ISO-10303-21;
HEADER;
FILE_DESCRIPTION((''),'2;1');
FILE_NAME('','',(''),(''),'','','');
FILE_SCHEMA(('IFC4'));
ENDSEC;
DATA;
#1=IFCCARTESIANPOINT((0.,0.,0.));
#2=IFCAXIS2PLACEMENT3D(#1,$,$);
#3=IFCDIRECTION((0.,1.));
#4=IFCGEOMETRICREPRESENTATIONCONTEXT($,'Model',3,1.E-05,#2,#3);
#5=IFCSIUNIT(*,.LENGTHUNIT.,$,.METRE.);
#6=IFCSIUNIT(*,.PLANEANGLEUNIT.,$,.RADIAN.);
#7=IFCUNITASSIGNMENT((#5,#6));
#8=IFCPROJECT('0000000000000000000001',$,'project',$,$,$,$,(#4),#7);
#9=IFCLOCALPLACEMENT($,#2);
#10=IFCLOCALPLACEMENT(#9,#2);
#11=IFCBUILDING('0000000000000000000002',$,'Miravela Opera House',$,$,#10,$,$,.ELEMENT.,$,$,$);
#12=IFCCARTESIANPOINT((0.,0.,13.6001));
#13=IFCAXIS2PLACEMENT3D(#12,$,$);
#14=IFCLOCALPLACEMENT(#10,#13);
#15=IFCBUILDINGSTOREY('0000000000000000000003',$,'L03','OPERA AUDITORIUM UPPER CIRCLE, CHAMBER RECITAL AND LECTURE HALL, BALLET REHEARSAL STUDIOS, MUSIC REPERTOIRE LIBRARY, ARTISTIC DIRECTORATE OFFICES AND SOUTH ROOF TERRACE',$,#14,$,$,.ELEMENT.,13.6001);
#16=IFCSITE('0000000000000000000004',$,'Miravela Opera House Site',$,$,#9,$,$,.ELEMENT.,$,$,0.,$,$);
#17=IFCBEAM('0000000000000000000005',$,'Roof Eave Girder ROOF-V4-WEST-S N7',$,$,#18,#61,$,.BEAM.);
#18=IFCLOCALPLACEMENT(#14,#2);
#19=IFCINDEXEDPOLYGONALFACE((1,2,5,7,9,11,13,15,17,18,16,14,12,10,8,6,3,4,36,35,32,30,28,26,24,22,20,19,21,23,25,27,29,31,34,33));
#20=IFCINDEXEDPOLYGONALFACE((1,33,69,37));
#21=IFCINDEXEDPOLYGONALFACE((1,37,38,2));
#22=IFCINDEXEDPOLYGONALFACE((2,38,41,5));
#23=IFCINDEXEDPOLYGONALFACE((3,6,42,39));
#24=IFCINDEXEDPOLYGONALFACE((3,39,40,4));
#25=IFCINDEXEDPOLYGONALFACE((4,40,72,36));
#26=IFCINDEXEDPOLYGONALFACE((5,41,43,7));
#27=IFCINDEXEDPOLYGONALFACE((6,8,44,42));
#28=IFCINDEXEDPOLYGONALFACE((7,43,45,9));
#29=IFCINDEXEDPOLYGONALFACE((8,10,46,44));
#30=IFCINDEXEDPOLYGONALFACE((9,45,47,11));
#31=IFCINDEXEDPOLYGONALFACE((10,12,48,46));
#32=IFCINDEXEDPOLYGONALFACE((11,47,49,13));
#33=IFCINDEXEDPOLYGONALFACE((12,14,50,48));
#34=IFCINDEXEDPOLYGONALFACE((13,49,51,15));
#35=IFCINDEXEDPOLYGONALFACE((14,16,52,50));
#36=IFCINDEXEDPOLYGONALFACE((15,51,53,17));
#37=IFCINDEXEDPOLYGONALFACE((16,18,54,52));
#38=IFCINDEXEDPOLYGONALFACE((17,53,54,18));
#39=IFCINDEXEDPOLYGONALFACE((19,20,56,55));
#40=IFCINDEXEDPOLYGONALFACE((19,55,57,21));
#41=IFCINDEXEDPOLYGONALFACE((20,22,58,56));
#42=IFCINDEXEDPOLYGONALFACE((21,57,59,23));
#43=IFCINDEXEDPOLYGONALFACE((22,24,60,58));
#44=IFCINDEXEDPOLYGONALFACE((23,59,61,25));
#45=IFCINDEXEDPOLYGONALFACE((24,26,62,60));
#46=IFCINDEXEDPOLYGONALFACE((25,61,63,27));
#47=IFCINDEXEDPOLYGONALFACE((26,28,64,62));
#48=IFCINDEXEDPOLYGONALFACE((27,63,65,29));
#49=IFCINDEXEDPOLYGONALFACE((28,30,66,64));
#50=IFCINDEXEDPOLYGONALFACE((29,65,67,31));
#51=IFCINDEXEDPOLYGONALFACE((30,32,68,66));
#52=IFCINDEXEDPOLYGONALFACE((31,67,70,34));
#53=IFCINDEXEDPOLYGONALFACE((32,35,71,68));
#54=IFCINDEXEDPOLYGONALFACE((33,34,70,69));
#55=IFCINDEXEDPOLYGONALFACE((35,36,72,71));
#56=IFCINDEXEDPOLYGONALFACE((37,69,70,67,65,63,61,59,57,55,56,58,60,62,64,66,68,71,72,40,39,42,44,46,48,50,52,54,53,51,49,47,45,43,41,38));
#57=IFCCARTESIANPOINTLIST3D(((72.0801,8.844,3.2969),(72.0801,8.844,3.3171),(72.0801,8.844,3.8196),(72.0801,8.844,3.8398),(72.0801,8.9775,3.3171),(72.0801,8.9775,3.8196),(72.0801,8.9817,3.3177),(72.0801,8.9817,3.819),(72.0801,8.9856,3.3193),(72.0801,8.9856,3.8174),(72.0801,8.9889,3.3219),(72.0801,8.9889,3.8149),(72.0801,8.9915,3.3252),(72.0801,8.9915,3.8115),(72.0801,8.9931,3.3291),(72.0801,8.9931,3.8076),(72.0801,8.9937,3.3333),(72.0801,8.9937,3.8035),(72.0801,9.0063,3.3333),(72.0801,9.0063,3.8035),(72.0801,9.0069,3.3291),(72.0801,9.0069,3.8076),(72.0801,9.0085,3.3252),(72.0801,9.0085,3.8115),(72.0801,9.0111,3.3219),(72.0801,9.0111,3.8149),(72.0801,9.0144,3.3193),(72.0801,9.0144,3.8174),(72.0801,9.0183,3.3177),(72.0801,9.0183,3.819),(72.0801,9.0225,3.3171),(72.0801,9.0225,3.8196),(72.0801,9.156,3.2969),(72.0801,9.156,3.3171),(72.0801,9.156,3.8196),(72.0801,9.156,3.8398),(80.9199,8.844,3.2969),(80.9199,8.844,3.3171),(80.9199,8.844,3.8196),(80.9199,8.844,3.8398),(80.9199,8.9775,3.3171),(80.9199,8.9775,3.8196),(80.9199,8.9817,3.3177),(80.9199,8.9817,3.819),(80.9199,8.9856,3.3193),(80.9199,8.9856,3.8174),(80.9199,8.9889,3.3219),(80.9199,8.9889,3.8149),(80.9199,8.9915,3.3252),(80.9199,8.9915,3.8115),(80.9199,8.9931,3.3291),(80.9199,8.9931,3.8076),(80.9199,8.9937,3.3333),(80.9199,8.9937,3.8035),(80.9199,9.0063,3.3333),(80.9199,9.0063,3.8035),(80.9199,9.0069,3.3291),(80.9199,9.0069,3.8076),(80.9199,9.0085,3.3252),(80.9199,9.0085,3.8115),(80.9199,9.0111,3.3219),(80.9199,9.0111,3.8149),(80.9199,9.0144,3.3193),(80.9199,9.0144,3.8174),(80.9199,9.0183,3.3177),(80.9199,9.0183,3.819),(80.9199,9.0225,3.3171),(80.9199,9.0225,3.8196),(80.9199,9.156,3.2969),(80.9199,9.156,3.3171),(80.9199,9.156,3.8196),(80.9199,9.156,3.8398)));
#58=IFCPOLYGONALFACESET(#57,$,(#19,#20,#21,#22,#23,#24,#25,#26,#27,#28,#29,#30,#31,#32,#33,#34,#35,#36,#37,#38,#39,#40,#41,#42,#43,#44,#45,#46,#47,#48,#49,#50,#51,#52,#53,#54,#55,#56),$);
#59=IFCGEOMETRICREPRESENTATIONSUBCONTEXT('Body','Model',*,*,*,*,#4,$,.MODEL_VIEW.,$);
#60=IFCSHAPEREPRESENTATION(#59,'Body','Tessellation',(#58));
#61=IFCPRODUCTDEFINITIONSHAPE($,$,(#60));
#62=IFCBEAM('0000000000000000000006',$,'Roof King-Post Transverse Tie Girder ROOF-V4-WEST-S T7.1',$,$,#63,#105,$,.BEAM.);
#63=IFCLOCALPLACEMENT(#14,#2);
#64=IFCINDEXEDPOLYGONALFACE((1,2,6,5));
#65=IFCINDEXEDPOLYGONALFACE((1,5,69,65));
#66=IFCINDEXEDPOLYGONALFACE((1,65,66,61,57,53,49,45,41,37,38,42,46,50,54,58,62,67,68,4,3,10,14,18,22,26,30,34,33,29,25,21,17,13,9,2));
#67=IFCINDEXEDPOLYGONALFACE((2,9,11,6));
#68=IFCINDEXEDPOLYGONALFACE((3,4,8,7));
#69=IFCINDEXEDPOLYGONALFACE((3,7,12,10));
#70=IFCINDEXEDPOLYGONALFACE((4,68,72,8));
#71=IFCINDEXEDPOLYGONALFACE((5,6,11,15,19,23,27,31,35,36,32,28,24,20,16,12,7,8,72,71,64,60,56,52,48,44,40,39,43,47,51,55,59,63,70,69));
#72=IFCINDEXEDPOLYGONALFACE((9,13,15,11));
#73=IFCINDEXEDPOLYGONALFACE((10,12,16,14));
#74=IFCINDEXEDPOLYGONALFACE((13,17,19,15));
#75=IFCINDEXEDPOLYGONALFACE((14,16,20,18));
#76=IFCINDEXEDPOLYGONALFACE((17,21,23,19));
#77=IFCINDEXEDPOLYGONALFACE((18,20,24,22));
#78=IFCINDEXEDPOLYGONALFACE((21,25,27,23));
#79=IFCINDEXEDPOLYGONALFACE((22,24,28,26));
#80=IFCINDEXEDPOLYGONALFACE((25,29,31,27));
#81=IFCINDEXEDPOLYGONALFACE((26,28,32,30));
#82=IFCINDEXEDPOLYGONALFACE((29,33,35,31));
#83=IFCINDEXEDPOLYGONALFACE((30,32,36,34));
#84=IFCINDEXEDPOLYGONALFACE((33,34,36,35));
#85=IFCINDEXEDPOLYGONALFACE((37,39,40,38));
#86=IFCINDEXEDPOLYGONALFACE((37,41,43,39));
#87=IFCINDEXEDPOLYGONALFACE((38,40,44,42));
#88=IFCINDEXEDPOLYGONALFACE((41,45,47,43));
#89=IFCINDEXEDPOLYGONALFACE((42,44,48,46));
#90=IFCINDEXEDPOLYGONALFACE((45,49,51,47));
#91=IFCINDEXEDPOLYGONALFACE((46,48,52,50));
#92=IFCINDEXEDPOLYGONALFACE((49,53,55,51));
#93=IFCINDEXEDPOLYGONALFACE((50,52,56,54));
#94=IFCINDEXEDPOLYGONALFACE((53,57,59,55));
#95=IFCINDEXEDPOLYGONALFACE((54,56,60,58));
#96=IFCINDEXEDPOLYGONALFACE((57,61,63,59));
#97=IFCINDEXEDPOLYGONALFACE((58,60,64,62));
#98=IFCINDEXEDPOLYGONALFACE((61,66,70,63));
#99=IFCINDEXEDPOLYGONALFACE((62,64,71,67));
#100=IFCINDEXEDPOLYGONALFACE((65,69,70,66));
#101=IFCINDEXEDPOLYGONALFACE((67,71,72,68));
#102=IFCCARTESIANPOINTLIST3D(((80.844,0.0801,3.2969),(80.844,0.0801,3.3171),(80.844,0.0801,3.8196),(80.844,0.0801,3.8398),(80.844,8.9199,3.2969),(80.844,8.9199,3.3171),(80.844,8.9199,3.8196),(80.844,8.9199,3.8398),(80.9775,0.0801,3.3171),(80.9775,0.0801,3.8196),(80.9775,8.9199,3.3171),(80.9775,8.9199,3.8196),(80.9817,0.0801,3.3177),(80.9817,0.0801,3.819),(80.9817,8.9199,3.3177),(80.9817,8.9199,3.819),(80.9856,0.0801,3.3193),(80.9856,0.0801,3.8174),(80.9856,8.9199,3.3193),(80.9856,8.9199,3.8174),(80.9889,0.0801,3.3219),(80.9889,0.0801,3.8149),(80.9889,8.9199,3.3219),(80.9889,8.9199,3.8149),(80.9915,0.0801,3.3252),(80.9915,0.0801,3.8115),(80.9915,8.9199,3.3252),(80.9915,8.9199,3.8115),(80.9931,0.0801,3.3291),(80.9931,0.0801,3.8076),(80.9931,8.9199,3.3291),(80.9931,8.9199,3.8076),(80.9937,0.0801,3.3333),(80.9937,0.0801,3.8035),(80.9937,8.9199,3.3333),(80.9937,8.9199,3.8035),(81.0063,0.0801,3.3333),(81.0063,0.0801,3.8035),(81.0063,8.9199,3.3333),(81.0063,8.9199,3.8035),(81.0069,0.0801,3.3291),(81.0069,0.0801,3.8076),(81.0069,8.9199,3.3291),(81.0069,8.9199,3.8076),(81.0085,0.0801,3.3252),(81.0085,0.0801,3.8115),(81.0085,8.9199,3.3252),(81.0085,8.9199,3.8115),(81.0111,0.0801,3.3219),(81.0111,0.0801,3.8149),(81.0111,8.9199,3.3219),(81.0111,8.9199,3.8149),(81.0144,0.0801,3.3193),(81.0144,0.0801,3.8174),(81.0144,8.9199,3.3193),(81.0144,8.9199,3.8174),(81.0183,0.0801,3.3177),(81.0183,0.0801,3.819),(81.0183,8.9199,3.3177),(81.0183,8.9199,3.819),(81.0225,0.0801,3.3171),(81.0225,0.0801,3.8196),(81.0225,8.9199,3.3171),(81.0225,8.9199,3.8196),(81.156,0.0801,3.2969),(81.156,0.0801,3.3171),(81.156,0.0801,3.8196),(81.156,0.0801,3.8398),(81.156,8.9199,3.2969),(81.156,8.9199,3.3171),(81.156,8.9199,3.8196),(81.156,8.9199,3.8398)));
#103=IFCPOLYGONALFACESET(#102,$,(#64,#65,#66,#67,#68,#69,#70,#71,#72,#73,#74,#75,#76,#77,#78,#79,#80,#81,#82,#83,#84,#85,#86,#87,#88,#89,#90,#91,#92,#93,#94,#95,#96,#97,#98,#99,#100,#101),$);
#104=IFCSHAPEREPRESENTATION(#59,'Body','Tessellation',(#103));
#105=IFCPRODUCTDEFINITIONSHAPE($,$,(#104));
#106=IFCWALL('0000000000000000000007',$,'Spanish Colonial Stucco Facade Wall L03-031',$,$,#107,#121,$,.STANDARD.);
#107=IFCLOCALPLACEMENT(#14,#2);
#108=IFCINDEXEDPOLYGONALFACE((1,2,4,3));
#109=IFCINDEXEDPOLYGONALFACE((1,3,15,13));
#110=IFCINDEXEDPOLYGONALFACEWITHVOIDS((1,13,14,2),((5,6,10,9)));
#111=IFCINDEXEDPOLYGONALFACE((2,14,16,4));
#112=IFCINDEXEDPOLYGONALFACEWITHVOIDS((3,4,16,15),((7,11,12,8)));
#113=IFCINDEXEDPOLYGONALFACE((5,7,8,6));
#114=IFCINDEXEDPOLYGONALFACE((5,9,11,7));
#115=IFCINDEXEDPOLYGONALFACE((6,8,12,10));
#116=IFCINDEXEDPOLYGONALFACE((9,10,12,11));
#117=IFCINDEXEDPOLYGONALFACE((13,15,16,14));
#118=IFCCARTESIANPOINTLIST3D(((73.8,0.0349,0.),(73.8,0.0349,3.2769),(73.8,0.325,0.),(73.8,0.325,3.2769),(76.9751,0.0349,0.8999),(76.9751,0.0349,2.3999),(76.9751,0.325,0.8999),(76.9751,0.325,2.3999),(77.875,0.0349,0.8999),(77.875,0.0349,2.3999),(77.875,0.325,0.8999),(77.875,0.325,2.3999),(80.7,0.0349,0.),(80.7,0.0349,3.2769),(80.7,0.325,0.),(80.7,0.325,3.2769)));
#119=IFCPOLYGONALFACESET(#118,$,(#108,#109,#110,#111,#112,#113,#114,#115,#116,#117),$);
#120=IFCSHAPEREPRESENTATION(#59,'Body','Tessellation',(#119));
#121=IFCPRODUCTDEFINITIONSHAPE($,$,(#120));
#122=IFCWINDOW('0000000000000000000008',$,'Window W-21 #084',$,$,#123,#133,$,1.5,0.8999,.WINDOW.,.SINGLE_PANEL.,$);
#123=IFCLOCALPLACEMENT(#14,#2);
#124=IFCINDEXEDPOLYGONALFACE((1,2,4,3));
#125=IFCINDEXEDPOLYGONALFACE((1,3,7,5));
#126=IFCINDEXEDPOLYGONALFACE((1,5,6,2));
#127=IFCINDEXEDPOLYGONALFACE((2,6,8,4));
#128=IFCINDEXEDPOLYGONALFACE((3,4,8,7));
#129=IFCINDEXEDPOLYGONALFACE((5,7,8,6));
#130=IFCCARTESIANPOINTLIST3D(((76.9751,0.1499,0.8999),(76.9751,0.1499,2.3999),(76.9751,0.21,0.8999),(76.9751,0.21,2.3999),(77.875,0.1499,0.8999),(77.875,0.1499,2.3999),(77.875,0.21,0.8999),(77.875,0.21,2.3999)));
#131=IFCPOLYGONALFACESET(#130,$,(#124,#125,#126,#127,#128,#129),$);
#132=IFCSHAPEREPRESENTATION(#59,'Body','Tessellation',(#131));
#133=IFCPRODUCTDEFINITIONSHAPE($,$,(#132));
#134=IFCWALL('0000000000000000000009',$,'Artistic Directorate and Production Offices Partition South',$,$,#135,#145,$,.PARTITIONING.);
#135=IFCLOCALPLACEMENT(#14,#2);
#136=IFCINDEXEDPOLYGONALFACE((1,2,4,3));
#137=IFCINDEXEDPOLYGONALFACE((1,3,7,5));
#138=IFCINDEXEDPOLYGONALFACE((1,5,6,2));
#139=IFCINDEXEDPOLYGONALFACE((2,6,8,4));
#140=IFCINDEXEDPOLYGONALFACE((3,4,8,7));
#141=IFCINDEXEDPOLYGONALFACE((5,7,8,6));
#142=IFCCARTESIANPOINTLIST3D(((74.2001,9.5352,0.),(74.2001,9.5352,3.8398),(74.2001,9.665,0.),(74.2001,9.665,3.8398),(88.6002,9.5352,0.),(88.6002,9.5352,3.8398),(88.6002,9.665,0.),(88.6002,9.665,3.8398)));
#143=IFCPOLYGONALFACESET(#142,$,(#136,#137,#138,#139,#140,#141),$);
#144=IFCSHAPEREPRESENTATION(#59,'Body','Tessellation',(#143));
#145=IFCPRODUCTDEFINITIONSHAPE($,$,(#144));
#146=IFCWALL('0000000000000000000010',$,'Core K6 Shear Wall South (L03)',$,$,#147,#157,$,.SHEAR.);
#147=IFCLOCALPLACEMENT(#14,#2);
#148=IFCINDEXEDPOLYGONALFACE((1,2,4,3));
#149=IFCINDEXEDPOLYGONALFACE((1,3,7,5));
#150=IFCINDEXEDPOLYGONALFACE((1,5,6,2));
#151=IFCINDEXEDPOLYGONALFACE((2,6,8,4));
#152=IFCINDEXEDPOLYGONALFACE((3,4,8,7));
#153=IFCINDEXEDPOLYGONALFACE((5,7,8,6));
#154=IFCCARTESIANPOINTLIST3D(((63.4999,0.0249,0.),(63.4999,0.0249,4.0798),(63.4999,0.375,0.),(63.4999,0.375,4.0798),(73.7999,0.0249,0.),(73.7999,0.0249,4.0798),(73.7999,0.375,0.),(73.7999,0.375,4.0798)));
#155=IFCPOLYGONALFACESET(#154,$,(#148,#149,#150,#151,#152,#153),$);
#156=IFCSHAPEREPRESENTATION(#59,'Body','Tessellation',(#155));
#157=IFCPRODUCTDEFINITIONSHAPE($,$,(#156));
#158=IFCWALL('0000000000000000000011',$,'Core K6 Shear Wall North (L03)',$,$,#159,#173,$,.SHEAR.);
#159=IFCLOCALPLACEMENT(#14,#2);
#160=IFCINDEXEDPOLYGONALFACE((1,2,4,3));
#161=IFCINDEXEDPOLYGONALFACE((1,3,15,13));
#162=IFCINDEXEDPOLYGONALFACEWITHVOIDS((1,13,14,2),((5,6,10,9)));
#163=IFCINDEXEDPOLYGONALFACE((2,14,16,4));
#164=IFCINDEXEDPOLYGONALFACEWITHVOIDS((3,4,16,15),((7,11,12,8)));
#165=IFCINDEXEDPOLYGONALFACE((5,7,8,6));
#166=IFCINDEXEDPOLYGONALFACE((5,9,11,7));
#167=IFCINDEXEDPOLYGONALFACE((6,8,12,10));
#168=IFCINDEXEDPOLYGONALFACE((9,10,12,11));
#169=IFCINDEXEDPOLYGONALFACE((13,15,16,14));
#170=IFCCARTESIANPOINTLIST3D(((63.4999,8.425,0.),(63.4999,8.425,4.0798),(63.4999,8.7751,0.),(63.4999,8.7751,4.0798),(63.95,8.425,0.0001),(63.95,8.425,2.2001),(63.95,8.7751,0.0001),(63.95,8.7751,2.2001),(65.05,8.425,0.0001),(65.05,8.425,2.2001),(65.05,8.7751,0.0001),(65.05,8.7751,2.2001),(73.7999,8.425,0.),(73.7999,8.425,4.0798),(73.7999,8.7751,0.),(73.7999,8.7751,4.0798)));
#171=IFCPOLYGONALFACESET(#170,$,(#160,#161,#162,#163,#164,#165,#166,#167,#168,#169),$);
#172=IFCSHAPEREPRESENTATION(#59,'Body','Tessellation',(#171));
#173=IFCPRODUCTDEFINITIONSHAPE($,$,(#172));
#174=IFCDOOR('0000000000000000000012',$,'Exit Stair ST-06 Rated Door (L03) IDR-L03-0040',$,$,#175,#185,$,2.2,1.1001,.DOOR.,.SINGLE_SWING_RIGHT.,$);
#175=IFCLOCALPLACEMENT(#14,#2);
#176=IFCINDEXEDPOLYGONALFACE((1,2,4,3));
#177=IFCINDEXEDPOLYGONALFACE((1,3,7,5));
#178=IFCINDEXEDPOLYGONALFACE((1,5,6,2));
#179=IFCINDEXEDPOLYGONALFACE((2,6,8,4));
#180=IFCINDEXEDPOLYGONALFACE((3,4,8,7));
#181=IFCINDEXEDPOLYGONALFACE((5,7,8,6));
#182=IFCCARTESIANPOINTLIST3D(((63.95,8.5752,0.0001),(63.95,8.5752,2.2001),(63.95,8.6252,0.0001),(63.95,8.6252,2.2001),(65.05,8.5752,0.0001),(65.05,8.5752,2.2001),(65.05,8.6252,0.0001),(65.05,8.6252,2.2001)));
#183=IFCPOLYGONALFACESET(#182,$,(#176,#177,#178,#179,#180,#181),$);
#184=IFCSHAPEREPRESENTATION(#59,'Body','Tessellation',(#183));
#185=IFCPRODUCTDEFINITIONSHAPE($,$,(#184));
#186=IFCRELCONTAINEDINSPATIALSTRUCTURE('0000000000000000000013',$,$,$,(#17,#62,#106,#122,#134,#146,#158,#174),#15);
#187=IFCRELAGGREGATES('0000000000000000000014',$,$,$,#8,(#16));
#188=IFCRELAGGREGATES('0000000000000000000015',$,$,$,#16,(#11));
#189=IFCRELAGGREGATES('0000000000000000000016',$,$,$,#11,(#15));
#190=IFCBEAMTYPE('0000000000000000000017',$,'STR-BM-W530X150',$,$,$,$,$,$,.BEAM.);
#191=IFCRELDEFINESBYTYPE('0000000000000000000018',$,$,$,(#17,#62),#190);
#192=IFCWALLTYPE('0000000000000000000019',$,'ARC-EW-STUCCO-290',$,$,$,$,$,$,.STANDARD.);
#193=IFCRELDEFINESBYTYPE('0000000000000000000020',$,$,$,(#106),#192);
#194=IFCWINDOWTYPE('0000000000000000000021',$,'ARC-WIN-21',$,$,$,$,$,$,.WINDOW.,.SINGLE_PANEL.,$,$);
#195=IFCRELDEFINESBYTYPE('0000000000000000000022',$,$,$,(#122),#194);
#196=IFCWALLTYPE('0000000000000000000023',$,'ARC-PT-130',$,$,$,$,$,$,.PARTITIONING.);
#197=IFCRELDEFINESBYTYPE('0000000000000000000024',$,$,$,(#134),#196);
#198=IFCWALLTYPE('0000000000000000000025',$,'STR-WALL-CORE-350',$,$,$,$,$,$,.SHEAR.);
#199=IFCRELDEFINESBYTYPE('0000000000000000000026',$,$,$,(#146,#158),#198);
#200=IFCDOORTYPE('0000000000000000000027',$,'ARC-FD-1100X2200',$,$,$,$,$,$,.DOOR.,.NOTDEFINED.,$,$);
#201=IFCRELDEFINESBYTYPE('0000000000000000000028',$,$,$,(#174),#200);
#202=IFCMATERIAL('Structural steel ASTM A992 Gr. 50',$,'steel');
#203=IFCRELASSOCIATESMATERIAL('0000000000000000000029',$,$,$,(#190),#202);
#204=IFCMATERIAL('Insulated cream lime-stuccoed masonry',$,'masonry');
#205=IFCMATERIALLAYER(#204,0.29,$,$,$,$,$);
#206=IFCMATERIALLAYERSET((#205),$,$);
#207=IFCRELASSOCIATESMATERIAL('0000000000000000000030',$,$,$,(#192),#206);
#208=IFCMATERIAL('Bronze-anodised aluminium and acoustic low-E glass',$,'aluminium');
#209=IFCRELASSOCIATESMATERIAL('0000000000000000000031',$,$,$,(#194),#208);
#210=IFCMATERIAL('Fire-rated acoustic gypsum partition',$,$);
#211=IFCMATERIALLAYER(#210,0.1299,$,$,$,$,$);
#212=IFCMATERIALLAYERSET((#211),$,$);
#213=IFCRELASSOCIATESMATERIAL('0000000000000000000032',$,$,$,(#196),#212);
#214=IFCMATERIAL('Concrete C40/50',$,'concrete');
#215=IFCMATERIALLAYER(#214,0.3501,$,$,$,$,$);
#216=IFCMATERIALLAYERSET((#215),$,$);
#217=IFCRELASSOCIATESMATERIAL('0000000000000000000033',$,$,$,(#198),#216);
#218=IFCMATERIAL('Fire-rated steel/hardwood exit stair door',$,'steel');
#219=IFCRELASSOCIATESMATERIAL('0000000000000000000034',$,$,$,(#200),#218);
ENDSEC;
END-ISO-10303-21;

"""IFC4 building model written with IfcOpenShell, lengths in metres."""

from ifc_helpers import new_model, si_unit, direction, frame, frame_2d, origin, origin_2d, place, context, subcontext, project, spatial, rectangle, i_section, extrude, material, layer, layer_set, material_profile, profile_set, type_object, element, fill, save


model = new_model("IFC4")

# Units and contexts
model_context = context("Model", 3, precision=1e-05, world=origin(), true_north=direction((0.0, 1.0)))
body_context = subcontext(model_context, "Body", "Model", "MODEL_VIEW")
ifc_project = project(units=[si_unit("LENGTHUNIT", "METRE"), si_unit("PLANEANGLEUNIT", "RADIAN")], contexts=[model_context])

# Site, building, storey
site_placement = place(None, origin())
site = spatial("IfcSite", under=ifc_project, at=site_placement, Name="Miravela Opera House Site", CompositionType="ELEMENT", RefElevation=0.0)
building_placement = place(site_placement, origin())
building = spatial("IfcBuilding", under=site, at=building_placement, Name="Miravela Opera House", CompositionType="ELEMENT")
storey_placement = place(building_placement, frame((0.0, 0.0, 13.6001)))
storey = spatial("IfcBuildingStorey", under=building, at=storey_placement, Name="L03", Description="OPERA AUDITORIUM UPPER CIRCLE, CHAMBER RECITAL AND LECTURE HALL, BALLET REHEARSAL STUDIOS, MUSIC REPERTOIRE LIBRARY, ARTISTIC DIRECTORATE OFFICES AND SOUTH ROOF TERRACE", CompositionType="ELEMENT", Elevation=13.6001)

# Beams
ifc_material_1 = material(Name="Structural steel ASTM A992 Gr. 50", Category="steel")
ifc_material_profile_1 = material_profile(ifc_material_1, i_section(OverallWidth=0.312, OverallDepth=0.543, WebThickness=0.0127, FlangeThickness=0.0203, FilletRadius=0.0161, at=origin_2d()), Name="W530X150")
ifc_profile_set_1 = profile_set([ifc_material_profile_1])
beam_type = type_object("IfcBeamType", Name="STR-BM-W530X150", PredefinedType="BEAM", material=ifc_profile_set_1)
for number, where, z_axis, x_axis, name in (
    (1, (72.0801, 9.0, 3.5684), (1.0, 0.0, 0.0), (0.0, 1.0, 0.0), "Roof Eave Girder ROOF-V4-WEST-S N7"),
    (2, (81.0, 0.0801, 3.5684), (0.0, 1.0, 0.0), (-1.0, 0.0, 0.0), "Roof King-Post Transverse Tie Girder ROOF-V4-WEST-S T7.1"),
):
    element("IfcBeam", number, at=place(storey_placement, frame(where, z_axis=z_axis, x_axis=x_axis)), inside=storey, type_object=beam_type, Name=name, PredefinedType="BEAM", context=body_context, shape_type="SweptSolid", body=[
        extrude(i_section(OverallWidth=0.312, OverallDepth=0.543, WebThickness=0.0127, FlangeThickness=0.0203, FilletRadius=0.0161, at=origin_2d()), origin(), (0.0, 0.0, 1.0), 8.8398),
    ])

# Wall, opening, window
ifc_material_2 = material(Name="Insulated cream lime-stuccoed masonry", Category="masonry")
ifc_layer_1 = layer(ifc_material_2, 0.29)
ifc_layer_set_1 = layer_set([ifc_layer_1])
wall_type_1 = type_object("IfcWallType", Name="ARC-EW-STUCCO-290", PredefinedType="STANDARD", material=ifc_layer_set_1)
wall_1_placement = place(storey_placement, frame((73.8, 0.1799, 0.0), z_axis=(0.0, 0.0, 1.0), x_axis=(1.0, 0.0, 0.0)))
wall_1 = element("IfcWall", 3, at=wall_1_placement, inside=storey, type_object=wall_type_1, Name="Spanish Colonial Stucco Facade Wall L03-031", PredefinedType="STANDARD", context=body_context, shape_type="SweptSolid", body=[
    extrude(rectangle(XDim=6.8999, YDim=0.29, at=frame_2d((3.45, 0.0))), origin(), (0.0, 0.0, 1.0), 3.2769),
])
opening_1_placement = place(wall_1_placement, frame((3.175, 0.0, 0.8999)))
opening_1 = element("IfcOpeningElement", 4, at=opening_1_placement, cuts=wall_1, PredefinedType="OPENING", context=body_context, shape_type="SweptSolid", body=[
    extrude(rectangle(XDim=0.8999, YDim=1.5, at=frame_2d((0.45, 0.75))), frame((0.0, 0.155, 0.0), z_axis=(0.0, -1.0, 0.0), x_axis=(1.0, 0.0, 0.0)), (0.0, 0.0, 1.0), 0.3101),
])
ifc_material_3 = material(Name="Bronze-anodised aluminium and acoustic low-E glass", Category="aluminium")
window_type = type_object("IfcWindowType", Name="ARC-WIN-21", PartitioningType="SINGLE_PANEL", PredefinedType="WINDOW", material=ifc_material_3)
window_placement = place(opening_1_placement, origin())
window = element("IfcWindow", 5, at=window_placement, inside=storey, type_object=window_type, Name="Window W-21 #084", OverallHeight=1.5, OverallWidth=0.8999, PartitioningType="SINGLE_PANEL", PredefinedType="WINDOW", context=body_context, shape_type="SweptSolid", body=[
    extrude(rectangle(XDim=0.8999, YDim=1.5, at=frame_2d((0.45, 0.75))), frame((0.0, 0.03, 0.0), z_axis=(0.0, -1.0, 0.0), x_axis=(1.0, 0.0, 0.0)), (0.0, 0.0, 1.0), 0.0601),
])
fill(opening_1, window)

# Walls
ifc_material_4 = material(Name="Fire-rated acoustic gypsum partition")
ifc_layer_2 = layer(ifc_material_4, 0.1299)
ifc_layer_set_2 = layer_set([ifc_layer_2])
wall_type_2 = type_object("IfcWallType", Name="ARC-PT-130", PredefinedType="PARTITIONING", material=ifc_layer_set_2)
wall_2_placement = place(storey_placement, frame((74.2, 9.6001, 0.0), z_axis=(0.0, 0.0, 1.0), x_axis=(1.0, 0.0, 0.0)))
element("IfcWall", 6, at=wall_2_placement, inside=storey, type_object=wall_type_2, Name="Artistic Directorate and Production Offices Partition South", PredefinedType="PARTITIONING", context=body_context, shape_type="SweptSolid", body=[
    extrude(rectangle(XDim=14.4001, YDim=0.1299, at=frame_2d((7.2002, 0.0))), origin(), (0.0, 0.0, 1.0), 3.8398),
])
ifc_material_5 = material(Name="Concrete C40/50", Category="concrete")
ifc_layer_3 = layer(ifc_material_5, 0.3501)
ifc_layer_set_3 = layer_set([ifc_layer_3])
wall_type_3 = type_object("IfcWallType", Name="STR-WALL-CORE-350", PredefinedType="SHEAR", material=ifc_layer_set_3)
wall_3_placement = place(storey_placement, frame((63.5, 0.2, 0.0), z_axis=(0.0, 0.0, 1.0), x_axis=(1.0, 0.0, 0.0)))
element("IfcWall", 7, at=wall_3_placement, inside=storey, type_object=wall_type_3, Name="Core K6 Shear Wall South (L03)", PredefinedType="SHEAR", context=body_context, shape_type="SweptSolid", body=[
    extrude(rectangle(XDim=10.3, YDim=0.3501, at=frame_2d((5.1499, 0.0))), origin(), (0.0, 0.0, 1.0), 4.0798),
])

# Wall, opening, door
wall_4_placement = place(storey_placement, frame((63.5, 8.6001, 0.0), z_axis=(0.0, 0.0, 1.0), x_axis=(1.0, 0.0, 0.0)))
wall_4 = element("IfcWall", 8, at=wall_4_placement, inside=storey, type_object=wall_type_3, Name="Core K6 Shear Wall North (L03)", PredefinedType="SHEAR", context=body_context, shape_type="SweptSolid", body=[
    extrude(rectangle(XDim=10.3, YDim=0.3501, at=frame_2d((5.1499, 0.0))), origin(), (0.0, 0.0, 1.0), 4.0798),
])
opening_2_placement = place(wall_4_placement, frame((0.45, 0.0, 0.0)))
opening_2 = element("IfcOpeningElement", 9, at=opening_2_placement, cuts=wall_4, PredefinedType="OPENING", context=body_context, shape_type="SweptSolid", body=[
    extrude(rectangle(XDim=1.1001, YDim=2.2, at=frame_2d((0.55, 1.1001))), frame((0.0, 0.1851, 0.0), z_axis=(0.0, -1.0, 0.0), x_axis=(1.0, 0.0, 0.0)), (0.0, 0.0, 1.0), 0.3701),
])
ifc_material_6 = material(Name="Fire-rated steel/hardwood exit stair door", Category="steel")
door_type = type_object("IfcDoorType", Name="ARC-FD-1100X2200", OperationType="NOTDEFINED", PredefinedType="DOOR", material=ifc_material_6)
door_placement = place(opening_2_placement, frame((1.1001, 0.0, 0.0), z_axis=(0.0, 0.0, 1.0), x_axis=(-1.0, 0.0, 0.0)))
door = element("IfcDoor", 10, at=door_placement, inside=storey, type_object=door_type, Name="Exit Stair ST-06 Rated Door (L03) IDR-L03-0040", OperationType="SINGLE_SWING_RIGHT", OverallHeight=2.2, OverallWidth=1.1001, PredefinedType="DOOR", context=body_context, shape_type="SweptSolid", body=[
    extrude(rectangle(XDim=1.1001, YDim=2.2, at=frame_2d((0.55, 1.1001))), frame((0.0, 0.0249, 0.0), z_axis=(0.0, -1.0, 0.0), x_axis=(1.0, 0.0, 0.0)), (0.0, 0.0, 1.0), 0.05),
])
fill(opening_2, door)

save(model, "model.ifc")
